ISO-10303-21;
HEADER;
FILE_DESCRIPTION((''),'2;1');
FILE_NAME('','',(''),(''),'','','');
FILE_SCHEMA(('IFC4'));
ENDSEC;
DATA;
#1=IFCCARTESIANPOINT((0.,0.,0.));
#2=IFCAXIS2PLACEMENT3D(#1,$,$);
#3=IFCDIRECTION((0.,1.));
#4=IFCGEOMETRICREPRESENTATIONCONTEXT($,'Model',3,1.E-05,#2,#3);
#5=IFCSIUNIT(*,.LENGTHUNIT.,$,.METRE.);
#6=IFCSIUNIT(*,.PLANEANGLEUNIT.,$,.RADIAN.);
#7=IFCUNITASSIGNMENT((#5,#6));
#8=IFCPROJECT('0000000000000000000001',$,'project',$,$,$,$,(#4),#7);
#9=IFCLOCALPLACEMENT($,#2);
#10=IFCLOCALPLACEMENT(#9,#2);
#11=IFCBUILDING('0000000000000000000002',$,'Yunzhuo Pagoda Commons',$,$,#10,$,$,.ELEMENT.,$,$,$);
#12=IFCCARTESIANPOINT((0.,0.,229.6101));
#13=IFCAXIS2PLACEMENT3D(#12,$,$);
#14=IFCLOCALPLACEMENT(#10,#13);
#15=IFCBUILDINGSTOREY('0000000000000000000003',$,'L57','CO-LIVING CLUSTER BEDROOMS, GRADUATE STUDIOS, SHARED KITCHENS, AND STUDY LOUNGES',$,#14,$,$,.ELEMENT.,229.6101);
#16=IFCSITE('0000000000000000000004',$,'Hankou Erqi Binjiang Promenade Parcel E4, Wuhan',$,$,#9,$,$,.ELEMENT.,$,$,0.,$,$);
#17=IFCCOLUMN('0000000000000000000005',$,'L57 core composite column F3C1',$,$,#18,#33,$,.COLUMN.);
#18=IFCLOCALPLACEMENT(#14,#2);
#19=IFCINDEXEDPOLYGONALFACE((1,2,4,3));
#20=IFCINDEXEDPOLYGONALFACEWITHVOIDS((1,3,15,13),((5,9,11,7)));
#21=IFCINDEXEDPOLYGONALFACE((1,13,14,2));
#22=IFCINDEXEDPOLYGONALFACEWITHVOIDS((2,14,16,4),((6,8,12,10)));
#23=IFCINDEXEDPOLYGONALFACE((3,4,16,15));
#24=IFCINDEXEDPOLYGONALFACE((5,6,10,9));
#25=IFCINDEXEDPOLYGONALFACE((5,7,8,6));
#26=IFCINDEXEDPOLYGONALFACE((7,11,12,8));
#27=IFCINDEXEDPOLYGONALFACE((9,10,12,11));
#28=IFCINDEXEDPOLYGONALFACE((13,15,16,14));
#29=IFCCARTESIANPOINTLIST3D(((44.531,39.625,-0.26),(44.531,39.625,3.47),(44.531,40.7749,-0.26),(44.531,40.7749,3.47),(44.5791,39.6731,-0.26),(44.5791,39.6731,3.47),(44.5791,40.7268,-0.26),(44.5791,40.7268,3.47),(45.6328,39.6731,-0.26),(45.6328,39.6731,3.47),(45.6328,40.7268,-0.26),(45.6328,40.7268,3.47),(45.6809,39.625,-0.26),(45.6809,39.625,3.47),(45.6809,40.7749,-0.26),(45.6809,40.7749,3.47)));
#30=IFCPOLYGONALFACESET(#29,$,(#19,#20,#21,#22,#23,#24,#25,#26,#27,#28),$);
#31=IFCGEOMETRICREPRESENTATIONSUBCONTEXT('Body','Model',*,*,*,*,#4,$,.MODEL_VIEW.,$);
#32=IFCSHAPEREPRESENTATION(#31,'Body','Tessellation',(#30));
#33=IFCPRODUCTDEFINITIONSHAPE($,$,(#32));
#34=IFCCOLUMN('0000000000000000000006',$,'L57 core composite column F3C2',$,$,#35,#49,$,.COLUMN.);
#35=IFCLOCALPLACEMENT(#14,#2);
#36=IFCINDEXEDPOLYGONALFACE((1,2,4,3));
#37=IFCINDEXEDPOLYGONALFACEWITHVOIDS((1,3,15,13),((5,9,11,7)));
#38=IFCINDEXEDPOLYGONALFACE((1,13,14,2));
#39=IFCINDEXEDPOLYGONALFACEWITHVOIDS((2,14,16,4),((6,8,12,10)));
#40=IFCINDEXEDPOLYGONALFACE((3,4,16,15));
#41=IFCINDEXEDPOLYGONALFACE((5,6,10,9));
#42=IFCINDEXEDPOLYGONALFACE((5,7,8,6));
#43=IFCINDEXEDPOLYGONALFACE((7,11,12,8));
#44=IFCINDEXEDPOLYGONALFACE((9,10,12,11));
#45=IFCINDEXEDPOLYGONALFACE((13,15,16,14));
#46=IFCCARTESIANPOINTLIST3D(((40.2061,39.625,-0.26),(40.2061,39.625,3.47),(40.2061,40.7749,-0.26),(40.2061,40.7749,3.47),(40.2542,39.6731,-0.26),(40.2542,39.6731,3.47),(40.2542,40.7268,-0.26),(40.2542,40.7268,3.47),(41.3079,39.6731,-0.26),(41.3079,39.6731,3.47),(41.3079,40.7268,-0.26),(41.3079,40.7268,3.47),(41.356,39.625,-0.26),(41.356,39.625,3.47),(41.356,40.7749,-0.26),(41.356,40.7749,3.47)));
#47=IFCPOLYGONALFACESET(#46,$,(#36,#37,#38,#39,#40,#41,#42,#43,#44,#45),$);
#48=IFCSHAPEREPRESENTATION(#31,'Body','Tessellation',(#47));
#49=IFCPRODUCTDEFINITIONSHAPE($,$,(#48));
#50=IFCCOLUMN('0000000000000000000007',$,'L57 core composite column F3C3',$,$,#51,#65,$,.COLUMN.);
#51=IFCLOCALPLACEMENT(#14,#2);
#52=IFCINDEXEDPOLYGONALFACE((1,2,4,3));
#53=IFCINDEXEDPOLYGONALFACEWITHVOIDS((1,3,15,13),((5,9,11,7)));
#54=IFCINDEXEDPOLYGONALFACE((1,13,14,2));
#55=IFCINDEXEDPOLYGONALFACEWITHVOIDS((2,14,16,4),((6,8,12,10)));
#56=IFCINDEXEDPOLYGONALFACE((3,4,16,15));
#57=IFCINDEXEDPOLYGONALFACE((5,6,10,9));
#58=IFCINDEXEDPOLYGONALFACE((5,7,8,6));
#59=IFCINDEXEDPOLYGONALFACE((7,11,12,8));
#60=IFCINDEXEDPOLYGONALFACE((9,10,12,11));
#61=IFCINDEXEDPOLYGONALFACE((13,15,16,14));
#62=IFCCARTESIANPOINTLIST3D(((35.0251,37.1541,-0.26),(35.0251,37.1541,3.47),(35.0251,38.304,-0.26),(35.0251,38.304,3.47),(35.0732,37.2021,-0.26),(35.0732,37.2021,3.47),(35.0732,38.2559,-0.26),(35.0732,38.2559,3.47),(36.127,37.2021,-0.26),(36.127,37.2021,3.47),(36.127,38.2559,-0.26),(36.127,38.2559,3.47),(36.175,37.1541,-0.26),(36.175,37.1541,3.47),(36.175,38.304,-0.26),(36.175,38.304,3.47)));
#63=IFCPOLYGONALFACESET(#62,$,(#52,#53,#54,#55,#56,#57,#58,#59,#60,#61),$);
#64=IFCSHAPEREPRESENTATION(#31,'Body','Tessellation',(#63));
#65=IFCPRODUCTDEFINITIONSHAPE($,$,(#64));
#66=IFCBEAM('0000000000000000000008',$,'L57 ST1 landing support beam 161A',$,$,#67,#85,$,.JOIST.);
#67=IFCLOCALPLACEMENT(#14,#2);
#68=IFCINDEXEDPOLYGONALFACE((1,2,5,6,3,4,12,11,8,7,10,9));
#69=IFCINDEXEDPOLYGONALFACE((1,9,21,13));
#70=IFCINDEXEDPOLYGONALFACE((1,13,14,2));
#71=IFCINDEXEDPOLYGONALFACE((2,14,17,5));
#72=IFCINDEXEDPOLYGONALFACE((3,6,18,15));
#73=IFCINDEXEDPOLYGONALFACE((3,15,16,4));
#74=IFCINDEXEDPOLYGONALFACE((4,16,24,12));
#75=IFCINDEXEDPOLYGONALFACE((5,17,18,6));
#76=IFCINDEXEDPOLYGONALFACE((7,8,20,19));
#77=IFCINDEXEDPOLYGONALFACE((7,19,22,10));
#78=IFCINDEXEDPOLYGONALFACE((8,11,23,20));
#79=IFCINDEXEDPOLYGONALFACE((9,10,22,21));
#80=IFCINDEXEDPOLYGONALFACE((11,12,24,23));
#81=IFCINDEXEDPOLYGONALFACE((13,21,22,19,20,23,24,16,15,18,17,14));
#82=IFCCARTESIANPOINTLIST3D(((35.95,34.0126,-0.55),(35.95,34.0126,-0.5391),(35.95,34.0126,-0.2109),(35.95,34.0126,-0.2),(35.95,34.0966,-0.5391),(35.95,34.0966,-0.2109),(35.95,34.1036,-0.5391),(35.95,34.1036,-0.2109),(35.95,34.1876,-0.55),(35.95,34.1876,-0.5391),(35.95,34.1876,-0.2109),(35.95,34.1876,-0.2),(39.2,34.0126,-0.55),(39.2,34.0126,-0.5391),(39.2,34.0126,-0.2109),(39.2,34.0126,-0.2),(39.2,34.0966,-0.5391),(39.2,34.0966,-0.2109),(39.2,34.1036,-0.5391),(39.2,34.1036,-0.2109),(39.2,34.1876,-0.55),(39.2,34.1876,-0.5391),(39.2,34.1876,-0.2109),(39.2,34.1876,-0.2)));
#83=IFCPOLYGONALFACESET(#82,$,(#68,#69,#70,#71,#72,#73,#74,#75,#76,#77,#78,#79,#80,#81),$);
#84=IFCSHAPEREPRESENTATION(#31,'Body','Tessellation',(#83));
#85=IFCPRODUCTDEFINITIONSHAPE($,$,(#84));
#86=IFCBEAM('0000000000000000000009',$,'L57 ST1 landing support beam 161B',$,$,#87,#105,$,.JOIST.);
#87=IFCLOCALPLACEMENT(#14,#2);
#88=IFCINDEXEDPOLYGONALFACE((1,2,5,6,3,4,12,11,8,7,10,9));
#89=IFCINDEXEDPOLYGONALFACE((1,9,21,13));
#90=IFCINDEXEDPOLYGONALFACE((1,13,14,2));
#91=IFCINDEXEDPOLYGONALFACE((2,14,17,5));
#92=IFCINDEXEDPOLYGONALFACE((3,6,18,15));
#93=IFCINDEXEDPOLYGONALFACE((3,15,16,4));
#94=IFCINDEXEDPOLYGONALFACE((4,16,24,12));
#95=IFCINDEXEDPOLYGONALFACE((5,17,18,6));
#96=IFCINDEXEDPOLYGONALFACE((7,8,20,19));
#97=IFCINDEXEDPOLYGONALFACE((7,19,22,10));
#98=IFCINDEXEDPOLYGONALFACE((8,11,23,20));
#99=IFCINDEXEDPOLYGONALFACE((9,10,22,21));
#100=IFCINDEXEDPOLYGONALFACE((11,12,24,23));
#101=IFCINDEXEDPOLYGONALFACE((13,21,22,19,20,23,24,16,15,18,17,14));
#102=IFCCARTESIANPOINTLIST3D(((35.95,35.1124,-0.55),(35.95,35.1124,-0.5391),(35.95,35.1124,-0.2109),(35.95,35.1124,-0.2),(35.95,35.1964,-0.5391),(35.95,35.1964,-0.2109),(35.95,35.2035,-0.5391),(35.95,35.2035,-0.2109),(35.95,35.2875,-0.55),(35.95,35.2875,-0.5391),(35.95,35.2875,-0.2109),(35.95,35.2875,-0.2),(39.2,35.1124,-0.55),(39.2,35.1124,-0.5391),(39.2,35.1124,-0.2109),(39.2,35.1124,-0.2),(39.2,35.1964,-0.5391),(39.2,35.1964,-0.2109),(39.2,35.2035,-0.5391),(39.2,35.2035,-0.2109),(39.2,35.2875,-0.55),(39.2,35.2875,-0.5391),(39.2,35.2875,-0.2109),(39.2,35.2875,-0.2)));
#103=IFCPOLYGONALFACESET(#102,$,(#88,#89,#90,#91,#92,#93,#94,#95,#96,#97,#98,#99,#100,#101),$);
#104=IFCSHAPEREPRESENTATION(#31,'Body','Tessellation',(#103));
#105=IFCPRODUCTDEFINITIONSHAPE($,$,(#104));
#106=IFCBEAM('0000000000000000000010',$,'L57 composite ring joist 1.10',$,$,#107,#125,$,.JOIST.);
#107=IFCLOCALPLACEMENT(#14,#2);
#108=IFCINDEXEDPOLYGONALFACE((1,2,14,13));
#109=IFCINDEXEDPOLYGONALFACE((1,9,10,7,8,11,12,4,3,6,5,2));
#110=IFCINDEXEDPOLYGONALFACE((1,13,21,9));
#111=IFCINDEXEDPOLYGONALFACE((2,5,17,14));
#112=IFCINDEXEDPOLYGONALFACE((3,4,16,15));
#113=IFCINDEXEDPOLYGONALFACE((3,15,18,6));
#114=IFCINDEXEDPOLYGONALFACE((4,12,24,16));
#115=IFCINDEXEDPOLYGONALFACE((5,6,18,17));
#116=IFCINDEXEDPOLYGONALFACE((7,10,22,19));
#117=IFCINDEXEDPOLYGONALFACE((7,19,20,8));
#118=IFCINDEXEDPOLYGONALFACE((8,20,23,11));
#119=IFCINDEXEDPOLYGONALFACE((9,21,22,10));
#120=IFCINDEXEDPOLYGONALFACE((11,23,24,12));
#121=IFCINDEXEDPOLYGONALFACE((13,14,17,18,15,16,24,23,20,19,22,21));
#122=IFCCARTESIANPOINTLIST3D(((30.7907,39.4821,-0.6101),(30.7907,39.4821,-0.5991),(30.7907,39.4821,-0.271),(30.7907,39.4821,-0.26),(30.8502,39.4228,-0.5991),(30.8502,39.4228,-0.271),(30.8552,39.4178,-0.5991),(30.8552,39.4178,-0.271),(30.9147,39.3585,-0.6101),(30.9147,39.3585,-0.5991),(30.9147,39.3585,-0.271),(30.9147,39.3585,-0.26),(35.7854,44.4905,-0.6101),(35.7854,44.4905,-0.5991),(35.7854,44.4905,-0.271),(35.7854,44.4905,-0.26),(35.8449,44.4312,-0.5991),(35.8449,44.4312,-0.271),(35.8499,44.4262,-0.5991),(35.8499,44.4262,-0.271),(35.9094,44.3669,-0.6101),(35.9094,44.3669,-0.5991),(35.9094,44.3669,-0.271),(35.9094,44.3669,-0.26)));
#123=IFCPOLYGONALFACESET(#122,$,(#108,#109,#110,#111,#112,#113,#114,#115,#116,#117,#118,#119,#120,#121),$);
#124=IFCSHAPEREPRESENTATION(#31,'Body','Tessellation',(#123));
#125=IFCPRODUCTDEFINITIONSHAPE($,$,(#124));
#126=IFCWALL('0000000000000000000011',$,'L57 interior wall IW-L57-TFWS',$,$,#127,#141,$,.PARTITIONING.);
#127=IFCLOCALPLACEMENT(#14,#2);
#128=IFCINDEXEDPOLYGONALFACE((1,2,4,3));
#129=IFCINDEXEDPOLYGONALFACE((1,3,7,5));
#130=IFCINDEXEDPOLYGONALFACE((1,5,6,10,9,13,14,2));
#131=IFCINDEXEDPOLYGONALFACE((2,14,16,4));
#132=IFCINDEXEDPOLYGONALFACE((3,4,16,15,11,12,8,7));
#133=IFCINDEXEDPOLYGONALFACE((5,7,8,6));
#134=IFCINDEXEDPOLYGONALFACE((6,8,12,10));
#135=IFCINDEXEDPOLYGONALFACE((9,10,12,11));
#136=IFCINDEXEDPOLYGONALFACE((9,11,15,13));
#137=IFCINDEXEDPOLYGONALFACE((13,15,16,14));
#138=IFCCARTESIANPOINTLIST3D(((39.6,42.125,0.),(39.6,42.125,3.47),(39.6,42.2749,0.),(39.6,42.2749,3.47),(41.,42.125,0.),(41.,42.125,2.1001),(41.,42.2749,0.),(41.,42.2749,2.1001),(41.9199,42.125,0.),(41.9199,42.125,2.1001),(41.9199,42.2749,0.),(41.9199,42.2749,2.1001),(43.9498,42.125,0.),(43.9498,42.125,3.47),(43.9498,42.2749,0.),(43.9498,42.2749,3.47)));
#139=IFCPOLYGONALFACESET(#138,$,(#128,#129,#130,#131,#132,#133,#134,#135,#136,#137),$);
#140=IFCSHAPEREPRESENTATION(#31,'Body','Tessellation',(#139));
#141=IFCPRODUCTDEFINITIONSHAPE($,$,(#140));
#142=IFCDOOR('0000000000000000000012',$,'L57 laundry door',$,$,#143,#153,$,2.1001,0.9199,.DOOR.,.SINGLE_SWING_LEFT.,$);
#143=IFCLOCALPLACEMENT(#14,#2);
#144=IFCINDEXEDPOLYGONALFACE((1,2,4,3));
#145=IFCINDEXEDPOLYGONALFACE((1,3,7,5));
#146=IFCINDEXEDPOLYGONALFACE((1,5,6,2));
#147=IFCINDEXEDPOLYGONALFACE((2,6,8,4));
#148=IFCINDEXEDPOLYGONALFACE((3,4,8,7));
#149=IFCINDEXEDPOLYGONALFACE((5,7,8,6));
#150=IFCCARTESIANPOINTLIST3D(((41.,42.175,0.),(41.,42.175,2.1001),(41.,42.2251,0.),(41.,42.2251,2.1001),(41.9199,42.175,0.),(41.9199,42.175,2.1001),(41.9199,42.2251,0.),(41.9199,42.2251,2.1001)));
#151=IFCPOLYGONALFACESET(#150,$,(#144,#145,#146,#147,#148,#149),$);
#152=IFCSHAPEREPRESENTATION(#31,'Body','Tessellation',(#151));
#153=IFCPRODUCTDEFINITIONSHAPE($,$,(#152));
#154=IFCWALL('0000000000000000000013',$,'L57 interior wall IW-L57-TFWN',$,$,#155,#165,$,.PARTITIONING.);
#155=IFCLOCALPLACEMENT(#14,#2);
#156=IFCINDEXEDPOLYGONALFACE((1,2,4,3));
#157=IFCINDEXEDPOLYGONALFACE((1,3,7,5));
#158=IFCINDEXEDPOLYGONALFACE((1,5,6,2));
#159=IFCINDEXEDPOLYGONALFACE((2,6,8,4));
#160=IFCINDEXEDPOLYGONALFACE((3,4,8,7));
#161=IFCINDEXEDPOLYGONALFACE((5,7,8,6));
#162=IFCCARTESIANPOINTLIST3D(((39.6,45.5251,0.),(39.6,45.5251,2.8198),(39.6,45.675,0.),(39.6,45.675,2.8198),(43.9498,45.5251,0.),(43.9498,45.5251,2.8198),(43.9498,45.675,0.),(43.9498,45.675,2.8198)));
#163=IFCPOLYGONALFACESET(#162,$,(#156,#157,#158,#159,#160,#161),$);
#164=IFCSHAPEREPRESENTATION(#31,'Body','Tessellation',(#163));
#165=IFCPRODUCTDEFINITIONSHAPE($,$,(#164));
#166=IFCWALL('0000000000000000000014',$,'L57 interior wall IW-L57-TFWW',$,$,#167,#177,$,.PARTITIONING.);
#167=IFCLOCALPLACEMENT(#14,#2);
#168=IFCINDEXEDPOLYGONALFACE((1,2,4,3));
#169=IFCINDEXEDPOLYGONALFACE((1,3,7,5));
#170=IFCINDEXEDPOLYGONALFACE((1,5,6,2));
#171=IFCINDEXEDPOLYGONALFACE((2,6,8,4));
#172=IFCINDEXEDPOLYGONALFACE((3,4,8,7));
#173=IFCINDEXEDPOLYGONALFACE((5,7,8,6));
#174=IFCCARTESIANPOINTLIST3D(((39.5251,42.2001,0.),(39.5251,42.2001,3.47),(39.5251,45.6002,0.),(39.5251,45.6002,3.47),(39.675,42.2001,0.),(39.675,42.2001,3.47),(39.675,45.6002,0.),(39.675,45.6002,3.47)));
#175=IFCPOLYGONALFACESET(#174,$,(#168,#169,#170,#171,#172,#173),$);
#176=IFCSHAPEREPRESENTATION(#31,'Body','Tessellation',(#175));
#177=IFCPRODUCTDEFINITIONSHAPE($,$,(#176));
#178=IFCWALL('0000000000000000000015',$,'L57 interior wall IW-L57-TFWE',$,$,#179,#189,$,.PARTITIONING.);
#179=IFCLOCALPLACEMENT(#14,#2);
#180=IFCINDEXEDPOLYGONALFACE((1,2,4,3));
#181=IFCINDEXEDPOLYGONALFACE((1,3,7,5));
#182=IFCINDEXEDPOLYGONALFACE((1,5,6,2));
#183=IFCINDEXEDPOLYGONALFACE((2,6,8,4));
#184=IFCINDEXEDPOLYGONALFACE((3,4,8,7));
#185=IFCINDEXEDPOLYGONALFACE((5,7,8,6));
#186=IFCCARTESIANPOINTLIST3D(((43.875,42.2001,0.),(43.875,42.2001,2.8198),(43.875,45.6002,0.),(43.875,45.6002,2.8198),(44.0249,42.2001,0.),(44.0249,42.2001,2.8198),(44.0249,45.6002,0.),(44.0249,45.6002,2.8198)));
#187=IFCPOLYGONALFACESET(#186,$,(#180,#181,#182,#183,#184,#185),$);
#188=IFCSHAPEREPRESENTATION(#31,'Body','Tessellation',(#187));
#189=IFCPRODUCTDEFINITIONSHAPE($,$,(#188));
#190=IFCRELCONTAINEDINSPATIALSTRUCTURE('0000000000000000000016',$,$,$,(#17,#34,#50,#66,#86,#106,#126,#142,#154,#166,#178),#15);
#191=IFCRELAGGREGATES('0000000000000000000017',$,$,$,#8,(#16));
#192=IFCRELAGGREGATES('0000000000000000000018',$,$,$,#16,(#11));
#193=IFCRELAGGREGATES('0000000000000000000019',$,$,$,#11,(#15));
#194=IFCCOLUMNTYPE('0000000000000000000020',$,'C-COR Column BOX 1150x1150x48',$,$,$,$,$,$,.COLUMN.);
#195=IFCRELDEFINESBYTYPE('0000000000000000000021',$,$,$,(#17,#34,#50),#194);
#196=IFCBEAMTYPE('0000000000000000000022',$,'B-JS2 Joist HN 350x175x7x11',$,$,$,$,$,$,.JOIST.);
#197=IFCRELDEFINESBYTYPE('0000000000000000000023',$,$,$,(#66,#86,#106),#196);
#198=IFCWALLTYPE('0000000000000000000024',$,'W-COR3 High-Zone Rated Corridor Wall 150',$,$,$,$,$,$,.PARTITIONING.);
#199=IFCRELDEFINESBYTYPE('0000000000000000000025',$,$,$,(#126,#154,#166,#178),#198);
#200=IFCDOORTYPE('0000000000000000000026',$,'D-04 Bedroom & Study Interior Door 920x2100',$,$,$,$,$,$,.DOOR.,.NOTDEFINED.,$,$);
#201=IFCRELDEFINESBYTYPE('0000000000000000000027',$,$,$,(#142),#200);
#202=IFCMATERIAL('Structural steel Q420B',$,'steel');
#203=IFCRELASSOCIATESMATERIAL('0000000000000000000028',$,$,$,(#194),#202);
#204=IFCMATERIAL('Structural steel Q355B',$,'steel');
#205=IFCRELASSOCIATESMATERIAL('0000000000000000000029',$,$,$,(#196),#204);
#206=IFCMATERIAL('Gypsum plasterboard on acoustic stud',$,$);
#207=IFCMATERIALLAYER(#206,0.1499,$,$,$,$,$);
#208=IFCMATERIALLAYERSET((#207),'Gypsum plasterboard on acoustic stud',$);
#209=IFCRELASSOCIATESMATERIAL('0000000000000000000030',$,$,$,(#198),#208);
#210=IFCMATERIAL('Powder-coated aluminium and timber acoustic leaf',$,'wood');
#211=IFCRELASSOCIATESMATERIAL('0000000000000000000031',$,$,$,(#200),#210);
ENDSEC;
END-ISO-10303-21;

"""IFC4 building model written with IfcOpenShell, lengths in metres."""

from ifc_helpers import new_model, si_unit, direction, frame, frame_2d, origin, origin_2d, place, context, subcontext, project, spatial, rectangle, hollow_rectangle, i_section, extrude, source, transform, mapped, material, layer, layer_set, material_profile, profile_set, type_object, element, fill, save


model = new_model("IFC4")

# Units and contexts
model_context = context("Model", 3, precision=1e-05, world=origin(), true_north=direction((0.0, 1.0)))
body_context = subcontext(model_context, "Body", "Model", "MODEL_VIEW")
ifc_project = project(units=[si_unit("LENGTHUNIT", "METRE"), si_unit("PLANEANGLEUNIT", "RADIAN")], contexts=[model_context])

# Site, building, storey
site_placement = place(None, origin())
site = spatial("IfcSite", under=ifc_project, at=site_placement, Name="Hankou Erqi Binjiang Promenade Parcel E4, Wuhan", CompositionType="ELEMENT", RefElevation=0.0)
building_placement = place(site_placement, origin())
building = spatial("IfcBuilding", under=site, at=building_placement, Name="Yunzhuo Pagoda Commons", CompositionType="ELEMENT")
storey_placement = place(building_placement, frame((0.0, 0.0, 229.6101)))
storey = spatial("IfcBuildingStorey", under=building, at=storey_placement, Name="L57", Description="CO-LIVING CLUSTER BEDROOMS, GRADUATE STUDIOS, SHARED KITCHENS, AND STUDY LOUNGES", CompositionType="ELEMENT", Elevation=229.6101)

# Columns
ifc_material_1 = material(Name="Structural steel Q420B", Category="steel")
ifc_material_profile_1 = material_profile(ifc_material_1, hollow_rectangle(XDim=1.1499, YDim=1.1499, WallThickness=0.0481, at=origin_2d()), Name="Structural steel Q420B")
ifc_profile_set_1 = profile_set([ifc_material_profile_1], Name="Structural steel Q420B")
column_type = type_object("IfcColumnType", Name="C-COR Column BOX 1150x1150x48", PredefinedType="COLUMN", material=ifc_profile_set_1)
shared_shape_1 = source(origin(), body_context, "Body", "SweptSolid", [
    extrude(hollow_rectangle(XDim=1.1499, YDim=1.1499, WallThickness=0.0481, at=origin_2d()), origin(), (0.0, 0.0, 1.0), 3.73),
])
for number, where, z_axis, x_axis, name in (
    (1, (45.106, 40.2, -0.26), (0.0, 0.0, 1.0), (1.0, 0.0, 0.0), "L57 core composite column F3C1"),
    (2, (40.781, 40.2, -0.26), (0.0, 0.0, 1.0), (1.0, 0.0, 0.0), "L57 core composite column F3C2"),
    (3, (35.6001, 37.729, -0.26), (0.0, 0.0, 1.0), (1.0, 0.0, 0.0), "L57 core composite column F3C3"),
):
    element("IfcColumn", number, at=place(storey_placement, frame(where, z_axis=z_axis, x_axis=x_axis)), inside=storey, type_object=column_type, Name=name, PredefinedType="COLUMN", context=body_context, shape_type="MappedRepresentation", body=[
        mapped(shared_shape_1, transform((0.0, 0.0, 0.0), scale=1.0)),
    ])

# Beams
ifc_material_2 = material(Name="Structural steel Q355B", Category="steel")
ifc_material_profile_2 = material_profile(ifc_material_2, i_section(OverallWidth=0.175, OverallDepth=0.3501, WebThickness=0.0071, FlangeThickness=0.011, at=origin_2d()), Name="Structural steel Q355B")
ifc_profile_set_2 = profile_set([ifc_material_profile_2], Name="Structural steel Q355B")
beam_type = type_object("IfcBeamType", Name="B-JS2 Joist HN 350x175x7x11", PredefinedType="JOIST", material=ifc_profile_set_2)
shared_shape_2 = source(origin(), body_context, "Body", "SweptSolid", [
    extrude(i_section(OverallWidth=0.175, OverallDepth=0.3501, WebThickness=0.0071, FlangeThickness=0.011, at=origin_2d()), origin(), (0.0, 0.0, 1.0), 3.25),
])
for number, where, z_axis, x_axis, name in (
    (4, (35.95, 34.1001, -0.375), (1.0, 0.0, 0.0), (0.0, 1.0, 0.0), "L57 ST1 landing support beam 161A"),
    (5, (35.95, 35.2, -0.375), (1.0, 0.0, 0.0), (0.0, 1.0, 0.0), "L57 ST1 landing support beam 161B"),
):
    element("IfcBeam", number, at=place(storey_placement, frame(where, z_axis=z_axis, x_axis=x_axis)), inside=storey, type_object=beam_type, Name=name, PredefinedType="JOIST", context=body_context, shape_type="MappedRepresentation", body=[
        mapped(shared_shape_2, transform((0.0, 0.0, 0.0), scale=1.0)),
    ])
shared_shape_3 = source(origin(), body_context, "Body", "SweptSolid", [
    extrude(i_section(OverallWidth=0.175, OverallDepth=0.3501, WebThickness=0.0071, FlangeThickness=0.011, at=origin_2d()), origin(), (0.0, 0.0, 1.0), 7.0732),
])
beam_placement = place(storey_placement, frame((35.8474, 44.4287, -0.4351), z_axis=(-0.70614, -0.708073, 0.0), x_axis=(0.708073, -0.70614, 0.0)))
element("IfcBeam", 6, at=beam_placement, inside=storey, type_object=beam_type, Name="L57 composite ring joist 1.10", PredefinedType="JOIST", context=body_context, shape_type="MappedRepresentation", body=[
    mapped(shared_shape_3, transform((0.0, 0.0, 0.0), scale=1.0)),
])

# Wall, opening, door
ifc_material_3 = material(Name="Gypsum plasterboard on acoustic stud")
ifc_layer_1 = layer(ifc_material_3, 0.1499)
ifc_layer_set_1 = layer_set([ifc_layer_1], Name="Gypsum plasterboard on acoustic stud")
wall_type_1 = type_object("IfcWallType", Name="W-COR3 High-Zone Rated Corridor Wall 150", PredefinedType="PARTITIONING", material=ifc_layer_set_1)
wall_1_placement = place(storey_placement, frame((39.6001, 42.2, 0.0), z_axis=(0.0, 0.0, 1.0), x_axis=(1.0, 0.0, 0.0)))
wall_1 = element("IfcWall", 7, at=wall_1_placement, inside=storey, type_object=wall_type_1, Name="L57 interior wall IW-L57-TFWS", PredefinedType="PARTITIONING", context=body_context, shape_type="SweptSolid", body=[
    extrude(rectangle(XDim=4.3499, YDim=0.1499, at=frame_2d((2.1748, 0.0))), origin(), (0.0, 0.0, 1.0), 3.47),
])
opening_1_placement = place(wall_1_placement, frame((1.3999, 0.0, 0.0)))
opening_1 = element("IfcOpeningElement", 8, at=opening_1_placement, cuts=wall_1, PredefinedType="OPENING", context=body_context, shape_type="SweptSolid", body=[
    extrude(rectangle(XDim=0.9199, YDim=2.1001, at=frame_2d((0.46, 1.05))), frame((0.0, 0.085, 0.0), z_axis=(0.0, -1.0, 0.0), x_axis=(1.0, 0.0, 0.0)), (0.0, 0.0, 1.0), 0.1699),
])
ifc_material_4 = material(Name="Powder-coated aluminium and timber acoustic leaf", Category="wood")
door_type_1 = type_object("IfcDoorType", Name="D-04 Bedroom & Study Interior Door 920x2100", OperationType="NOTDEFINED", PredefinedType="DOOR", material=ifc_material_4)
shared_shape_4 = source(origin(), body_context, "Body", "SweptSolid", [
    extrude(rectangle(XDim=0.9199, YDim=2.1001, at=frame_2d((0.46, 1.05))), frame((0.0, 0.0249, 0.0), z_axis=(0.0, -1.0, 0.0), x_axis=(1.0, 0.0, 0.0)), (0.0, 0.0, 1.0), 0.05),
])
door_1_placement = place(opening_1_placement, frame((0.9199, 0.0, 0.0), z_axis=(0.0, 0.0, 1.0), x_axis=(-1.0, 0.0, 0.0)))
door_1 = element("IfcDoor", 9, at=door_1_placement, inside=storey, type_object=door_type_1, Name="L57 laundry door", OperationType="SINGLE_SWING_LEFT", OverallHeight=2.1001, OverallWidth=0.9199, PredefinedType="DOOR", context=body_context, shape_type="MappedRepresentation", body=[
    mapped(shared_shape_4, transform((0.0, 0.0, 0.0), scale=1.0)),
])
fill(opening_1, door_1)

# Walls
wall_2_placement = place(storey_placement, frame((39.6001, 45.6001, 0.0), z_axis=(0.0, 0.0, 1.0), x_axis=(1.0, 0.0, 0.0)))
element("IfcWall", 10, at=wall_2_placement, inside=storey, type_object=wall_type_1, Name="L57 interior wall IW-L57-TFWN", PredefinedType="PARTITIONING", context=body_context, shape_type="SweptSolid", body=[
    extrude(rectangle(XDim=4.3499, YDim=0.1499, at=frame_2d((2.1748, 0.0))), origin(), (0.0, 0.0, 1.0), 2.8198),
])
wall_3_placement = place(storey_placement, frame((39.6001, 42.2, 0.0), z_axis=(0.0, 0.0, 1.0), x_axis=(0.0, 1.0, 0.0)))
element("IfcWall", 11, at=wall_3_placement, inside=storey, type_object=wall_type_1, Name="L57 interior wall IW-L57-TFWW", PredefinedType="PARTITIONING", context=body_context, shape_type="SweptSolid", body=[
    extrude(rectangle(XDim=3.4001, YDim=0.1499, at=frame_2d((1.7002, 0.0))), origin(), (0.0, 0.0, 1.0), 3.47),
])
wall_4_placement = place(storey_placement, frame((43.95, 42.2, 0.0), z_axis=(0.0, 0.0, 1.0), x_axis=(0.0, 1.0, 0.0)))
element("IfcWall", 12, at=wall_4_placement, inside=storey, type_object=wall_type_1, Name="L57 interior wall IW-L57-TFWE", PredefinedType="PARTITIONING", context=body_context, shape_type="SweptSolid", body=[
    extrude(rectangle(XDim=3.4001, YDim=0.1499, at=frame_2d((1.7002, 0.0))), origin(), (0.0, 0.0, 1.0), 2.8198),
])

save(model, "model.ifc")
